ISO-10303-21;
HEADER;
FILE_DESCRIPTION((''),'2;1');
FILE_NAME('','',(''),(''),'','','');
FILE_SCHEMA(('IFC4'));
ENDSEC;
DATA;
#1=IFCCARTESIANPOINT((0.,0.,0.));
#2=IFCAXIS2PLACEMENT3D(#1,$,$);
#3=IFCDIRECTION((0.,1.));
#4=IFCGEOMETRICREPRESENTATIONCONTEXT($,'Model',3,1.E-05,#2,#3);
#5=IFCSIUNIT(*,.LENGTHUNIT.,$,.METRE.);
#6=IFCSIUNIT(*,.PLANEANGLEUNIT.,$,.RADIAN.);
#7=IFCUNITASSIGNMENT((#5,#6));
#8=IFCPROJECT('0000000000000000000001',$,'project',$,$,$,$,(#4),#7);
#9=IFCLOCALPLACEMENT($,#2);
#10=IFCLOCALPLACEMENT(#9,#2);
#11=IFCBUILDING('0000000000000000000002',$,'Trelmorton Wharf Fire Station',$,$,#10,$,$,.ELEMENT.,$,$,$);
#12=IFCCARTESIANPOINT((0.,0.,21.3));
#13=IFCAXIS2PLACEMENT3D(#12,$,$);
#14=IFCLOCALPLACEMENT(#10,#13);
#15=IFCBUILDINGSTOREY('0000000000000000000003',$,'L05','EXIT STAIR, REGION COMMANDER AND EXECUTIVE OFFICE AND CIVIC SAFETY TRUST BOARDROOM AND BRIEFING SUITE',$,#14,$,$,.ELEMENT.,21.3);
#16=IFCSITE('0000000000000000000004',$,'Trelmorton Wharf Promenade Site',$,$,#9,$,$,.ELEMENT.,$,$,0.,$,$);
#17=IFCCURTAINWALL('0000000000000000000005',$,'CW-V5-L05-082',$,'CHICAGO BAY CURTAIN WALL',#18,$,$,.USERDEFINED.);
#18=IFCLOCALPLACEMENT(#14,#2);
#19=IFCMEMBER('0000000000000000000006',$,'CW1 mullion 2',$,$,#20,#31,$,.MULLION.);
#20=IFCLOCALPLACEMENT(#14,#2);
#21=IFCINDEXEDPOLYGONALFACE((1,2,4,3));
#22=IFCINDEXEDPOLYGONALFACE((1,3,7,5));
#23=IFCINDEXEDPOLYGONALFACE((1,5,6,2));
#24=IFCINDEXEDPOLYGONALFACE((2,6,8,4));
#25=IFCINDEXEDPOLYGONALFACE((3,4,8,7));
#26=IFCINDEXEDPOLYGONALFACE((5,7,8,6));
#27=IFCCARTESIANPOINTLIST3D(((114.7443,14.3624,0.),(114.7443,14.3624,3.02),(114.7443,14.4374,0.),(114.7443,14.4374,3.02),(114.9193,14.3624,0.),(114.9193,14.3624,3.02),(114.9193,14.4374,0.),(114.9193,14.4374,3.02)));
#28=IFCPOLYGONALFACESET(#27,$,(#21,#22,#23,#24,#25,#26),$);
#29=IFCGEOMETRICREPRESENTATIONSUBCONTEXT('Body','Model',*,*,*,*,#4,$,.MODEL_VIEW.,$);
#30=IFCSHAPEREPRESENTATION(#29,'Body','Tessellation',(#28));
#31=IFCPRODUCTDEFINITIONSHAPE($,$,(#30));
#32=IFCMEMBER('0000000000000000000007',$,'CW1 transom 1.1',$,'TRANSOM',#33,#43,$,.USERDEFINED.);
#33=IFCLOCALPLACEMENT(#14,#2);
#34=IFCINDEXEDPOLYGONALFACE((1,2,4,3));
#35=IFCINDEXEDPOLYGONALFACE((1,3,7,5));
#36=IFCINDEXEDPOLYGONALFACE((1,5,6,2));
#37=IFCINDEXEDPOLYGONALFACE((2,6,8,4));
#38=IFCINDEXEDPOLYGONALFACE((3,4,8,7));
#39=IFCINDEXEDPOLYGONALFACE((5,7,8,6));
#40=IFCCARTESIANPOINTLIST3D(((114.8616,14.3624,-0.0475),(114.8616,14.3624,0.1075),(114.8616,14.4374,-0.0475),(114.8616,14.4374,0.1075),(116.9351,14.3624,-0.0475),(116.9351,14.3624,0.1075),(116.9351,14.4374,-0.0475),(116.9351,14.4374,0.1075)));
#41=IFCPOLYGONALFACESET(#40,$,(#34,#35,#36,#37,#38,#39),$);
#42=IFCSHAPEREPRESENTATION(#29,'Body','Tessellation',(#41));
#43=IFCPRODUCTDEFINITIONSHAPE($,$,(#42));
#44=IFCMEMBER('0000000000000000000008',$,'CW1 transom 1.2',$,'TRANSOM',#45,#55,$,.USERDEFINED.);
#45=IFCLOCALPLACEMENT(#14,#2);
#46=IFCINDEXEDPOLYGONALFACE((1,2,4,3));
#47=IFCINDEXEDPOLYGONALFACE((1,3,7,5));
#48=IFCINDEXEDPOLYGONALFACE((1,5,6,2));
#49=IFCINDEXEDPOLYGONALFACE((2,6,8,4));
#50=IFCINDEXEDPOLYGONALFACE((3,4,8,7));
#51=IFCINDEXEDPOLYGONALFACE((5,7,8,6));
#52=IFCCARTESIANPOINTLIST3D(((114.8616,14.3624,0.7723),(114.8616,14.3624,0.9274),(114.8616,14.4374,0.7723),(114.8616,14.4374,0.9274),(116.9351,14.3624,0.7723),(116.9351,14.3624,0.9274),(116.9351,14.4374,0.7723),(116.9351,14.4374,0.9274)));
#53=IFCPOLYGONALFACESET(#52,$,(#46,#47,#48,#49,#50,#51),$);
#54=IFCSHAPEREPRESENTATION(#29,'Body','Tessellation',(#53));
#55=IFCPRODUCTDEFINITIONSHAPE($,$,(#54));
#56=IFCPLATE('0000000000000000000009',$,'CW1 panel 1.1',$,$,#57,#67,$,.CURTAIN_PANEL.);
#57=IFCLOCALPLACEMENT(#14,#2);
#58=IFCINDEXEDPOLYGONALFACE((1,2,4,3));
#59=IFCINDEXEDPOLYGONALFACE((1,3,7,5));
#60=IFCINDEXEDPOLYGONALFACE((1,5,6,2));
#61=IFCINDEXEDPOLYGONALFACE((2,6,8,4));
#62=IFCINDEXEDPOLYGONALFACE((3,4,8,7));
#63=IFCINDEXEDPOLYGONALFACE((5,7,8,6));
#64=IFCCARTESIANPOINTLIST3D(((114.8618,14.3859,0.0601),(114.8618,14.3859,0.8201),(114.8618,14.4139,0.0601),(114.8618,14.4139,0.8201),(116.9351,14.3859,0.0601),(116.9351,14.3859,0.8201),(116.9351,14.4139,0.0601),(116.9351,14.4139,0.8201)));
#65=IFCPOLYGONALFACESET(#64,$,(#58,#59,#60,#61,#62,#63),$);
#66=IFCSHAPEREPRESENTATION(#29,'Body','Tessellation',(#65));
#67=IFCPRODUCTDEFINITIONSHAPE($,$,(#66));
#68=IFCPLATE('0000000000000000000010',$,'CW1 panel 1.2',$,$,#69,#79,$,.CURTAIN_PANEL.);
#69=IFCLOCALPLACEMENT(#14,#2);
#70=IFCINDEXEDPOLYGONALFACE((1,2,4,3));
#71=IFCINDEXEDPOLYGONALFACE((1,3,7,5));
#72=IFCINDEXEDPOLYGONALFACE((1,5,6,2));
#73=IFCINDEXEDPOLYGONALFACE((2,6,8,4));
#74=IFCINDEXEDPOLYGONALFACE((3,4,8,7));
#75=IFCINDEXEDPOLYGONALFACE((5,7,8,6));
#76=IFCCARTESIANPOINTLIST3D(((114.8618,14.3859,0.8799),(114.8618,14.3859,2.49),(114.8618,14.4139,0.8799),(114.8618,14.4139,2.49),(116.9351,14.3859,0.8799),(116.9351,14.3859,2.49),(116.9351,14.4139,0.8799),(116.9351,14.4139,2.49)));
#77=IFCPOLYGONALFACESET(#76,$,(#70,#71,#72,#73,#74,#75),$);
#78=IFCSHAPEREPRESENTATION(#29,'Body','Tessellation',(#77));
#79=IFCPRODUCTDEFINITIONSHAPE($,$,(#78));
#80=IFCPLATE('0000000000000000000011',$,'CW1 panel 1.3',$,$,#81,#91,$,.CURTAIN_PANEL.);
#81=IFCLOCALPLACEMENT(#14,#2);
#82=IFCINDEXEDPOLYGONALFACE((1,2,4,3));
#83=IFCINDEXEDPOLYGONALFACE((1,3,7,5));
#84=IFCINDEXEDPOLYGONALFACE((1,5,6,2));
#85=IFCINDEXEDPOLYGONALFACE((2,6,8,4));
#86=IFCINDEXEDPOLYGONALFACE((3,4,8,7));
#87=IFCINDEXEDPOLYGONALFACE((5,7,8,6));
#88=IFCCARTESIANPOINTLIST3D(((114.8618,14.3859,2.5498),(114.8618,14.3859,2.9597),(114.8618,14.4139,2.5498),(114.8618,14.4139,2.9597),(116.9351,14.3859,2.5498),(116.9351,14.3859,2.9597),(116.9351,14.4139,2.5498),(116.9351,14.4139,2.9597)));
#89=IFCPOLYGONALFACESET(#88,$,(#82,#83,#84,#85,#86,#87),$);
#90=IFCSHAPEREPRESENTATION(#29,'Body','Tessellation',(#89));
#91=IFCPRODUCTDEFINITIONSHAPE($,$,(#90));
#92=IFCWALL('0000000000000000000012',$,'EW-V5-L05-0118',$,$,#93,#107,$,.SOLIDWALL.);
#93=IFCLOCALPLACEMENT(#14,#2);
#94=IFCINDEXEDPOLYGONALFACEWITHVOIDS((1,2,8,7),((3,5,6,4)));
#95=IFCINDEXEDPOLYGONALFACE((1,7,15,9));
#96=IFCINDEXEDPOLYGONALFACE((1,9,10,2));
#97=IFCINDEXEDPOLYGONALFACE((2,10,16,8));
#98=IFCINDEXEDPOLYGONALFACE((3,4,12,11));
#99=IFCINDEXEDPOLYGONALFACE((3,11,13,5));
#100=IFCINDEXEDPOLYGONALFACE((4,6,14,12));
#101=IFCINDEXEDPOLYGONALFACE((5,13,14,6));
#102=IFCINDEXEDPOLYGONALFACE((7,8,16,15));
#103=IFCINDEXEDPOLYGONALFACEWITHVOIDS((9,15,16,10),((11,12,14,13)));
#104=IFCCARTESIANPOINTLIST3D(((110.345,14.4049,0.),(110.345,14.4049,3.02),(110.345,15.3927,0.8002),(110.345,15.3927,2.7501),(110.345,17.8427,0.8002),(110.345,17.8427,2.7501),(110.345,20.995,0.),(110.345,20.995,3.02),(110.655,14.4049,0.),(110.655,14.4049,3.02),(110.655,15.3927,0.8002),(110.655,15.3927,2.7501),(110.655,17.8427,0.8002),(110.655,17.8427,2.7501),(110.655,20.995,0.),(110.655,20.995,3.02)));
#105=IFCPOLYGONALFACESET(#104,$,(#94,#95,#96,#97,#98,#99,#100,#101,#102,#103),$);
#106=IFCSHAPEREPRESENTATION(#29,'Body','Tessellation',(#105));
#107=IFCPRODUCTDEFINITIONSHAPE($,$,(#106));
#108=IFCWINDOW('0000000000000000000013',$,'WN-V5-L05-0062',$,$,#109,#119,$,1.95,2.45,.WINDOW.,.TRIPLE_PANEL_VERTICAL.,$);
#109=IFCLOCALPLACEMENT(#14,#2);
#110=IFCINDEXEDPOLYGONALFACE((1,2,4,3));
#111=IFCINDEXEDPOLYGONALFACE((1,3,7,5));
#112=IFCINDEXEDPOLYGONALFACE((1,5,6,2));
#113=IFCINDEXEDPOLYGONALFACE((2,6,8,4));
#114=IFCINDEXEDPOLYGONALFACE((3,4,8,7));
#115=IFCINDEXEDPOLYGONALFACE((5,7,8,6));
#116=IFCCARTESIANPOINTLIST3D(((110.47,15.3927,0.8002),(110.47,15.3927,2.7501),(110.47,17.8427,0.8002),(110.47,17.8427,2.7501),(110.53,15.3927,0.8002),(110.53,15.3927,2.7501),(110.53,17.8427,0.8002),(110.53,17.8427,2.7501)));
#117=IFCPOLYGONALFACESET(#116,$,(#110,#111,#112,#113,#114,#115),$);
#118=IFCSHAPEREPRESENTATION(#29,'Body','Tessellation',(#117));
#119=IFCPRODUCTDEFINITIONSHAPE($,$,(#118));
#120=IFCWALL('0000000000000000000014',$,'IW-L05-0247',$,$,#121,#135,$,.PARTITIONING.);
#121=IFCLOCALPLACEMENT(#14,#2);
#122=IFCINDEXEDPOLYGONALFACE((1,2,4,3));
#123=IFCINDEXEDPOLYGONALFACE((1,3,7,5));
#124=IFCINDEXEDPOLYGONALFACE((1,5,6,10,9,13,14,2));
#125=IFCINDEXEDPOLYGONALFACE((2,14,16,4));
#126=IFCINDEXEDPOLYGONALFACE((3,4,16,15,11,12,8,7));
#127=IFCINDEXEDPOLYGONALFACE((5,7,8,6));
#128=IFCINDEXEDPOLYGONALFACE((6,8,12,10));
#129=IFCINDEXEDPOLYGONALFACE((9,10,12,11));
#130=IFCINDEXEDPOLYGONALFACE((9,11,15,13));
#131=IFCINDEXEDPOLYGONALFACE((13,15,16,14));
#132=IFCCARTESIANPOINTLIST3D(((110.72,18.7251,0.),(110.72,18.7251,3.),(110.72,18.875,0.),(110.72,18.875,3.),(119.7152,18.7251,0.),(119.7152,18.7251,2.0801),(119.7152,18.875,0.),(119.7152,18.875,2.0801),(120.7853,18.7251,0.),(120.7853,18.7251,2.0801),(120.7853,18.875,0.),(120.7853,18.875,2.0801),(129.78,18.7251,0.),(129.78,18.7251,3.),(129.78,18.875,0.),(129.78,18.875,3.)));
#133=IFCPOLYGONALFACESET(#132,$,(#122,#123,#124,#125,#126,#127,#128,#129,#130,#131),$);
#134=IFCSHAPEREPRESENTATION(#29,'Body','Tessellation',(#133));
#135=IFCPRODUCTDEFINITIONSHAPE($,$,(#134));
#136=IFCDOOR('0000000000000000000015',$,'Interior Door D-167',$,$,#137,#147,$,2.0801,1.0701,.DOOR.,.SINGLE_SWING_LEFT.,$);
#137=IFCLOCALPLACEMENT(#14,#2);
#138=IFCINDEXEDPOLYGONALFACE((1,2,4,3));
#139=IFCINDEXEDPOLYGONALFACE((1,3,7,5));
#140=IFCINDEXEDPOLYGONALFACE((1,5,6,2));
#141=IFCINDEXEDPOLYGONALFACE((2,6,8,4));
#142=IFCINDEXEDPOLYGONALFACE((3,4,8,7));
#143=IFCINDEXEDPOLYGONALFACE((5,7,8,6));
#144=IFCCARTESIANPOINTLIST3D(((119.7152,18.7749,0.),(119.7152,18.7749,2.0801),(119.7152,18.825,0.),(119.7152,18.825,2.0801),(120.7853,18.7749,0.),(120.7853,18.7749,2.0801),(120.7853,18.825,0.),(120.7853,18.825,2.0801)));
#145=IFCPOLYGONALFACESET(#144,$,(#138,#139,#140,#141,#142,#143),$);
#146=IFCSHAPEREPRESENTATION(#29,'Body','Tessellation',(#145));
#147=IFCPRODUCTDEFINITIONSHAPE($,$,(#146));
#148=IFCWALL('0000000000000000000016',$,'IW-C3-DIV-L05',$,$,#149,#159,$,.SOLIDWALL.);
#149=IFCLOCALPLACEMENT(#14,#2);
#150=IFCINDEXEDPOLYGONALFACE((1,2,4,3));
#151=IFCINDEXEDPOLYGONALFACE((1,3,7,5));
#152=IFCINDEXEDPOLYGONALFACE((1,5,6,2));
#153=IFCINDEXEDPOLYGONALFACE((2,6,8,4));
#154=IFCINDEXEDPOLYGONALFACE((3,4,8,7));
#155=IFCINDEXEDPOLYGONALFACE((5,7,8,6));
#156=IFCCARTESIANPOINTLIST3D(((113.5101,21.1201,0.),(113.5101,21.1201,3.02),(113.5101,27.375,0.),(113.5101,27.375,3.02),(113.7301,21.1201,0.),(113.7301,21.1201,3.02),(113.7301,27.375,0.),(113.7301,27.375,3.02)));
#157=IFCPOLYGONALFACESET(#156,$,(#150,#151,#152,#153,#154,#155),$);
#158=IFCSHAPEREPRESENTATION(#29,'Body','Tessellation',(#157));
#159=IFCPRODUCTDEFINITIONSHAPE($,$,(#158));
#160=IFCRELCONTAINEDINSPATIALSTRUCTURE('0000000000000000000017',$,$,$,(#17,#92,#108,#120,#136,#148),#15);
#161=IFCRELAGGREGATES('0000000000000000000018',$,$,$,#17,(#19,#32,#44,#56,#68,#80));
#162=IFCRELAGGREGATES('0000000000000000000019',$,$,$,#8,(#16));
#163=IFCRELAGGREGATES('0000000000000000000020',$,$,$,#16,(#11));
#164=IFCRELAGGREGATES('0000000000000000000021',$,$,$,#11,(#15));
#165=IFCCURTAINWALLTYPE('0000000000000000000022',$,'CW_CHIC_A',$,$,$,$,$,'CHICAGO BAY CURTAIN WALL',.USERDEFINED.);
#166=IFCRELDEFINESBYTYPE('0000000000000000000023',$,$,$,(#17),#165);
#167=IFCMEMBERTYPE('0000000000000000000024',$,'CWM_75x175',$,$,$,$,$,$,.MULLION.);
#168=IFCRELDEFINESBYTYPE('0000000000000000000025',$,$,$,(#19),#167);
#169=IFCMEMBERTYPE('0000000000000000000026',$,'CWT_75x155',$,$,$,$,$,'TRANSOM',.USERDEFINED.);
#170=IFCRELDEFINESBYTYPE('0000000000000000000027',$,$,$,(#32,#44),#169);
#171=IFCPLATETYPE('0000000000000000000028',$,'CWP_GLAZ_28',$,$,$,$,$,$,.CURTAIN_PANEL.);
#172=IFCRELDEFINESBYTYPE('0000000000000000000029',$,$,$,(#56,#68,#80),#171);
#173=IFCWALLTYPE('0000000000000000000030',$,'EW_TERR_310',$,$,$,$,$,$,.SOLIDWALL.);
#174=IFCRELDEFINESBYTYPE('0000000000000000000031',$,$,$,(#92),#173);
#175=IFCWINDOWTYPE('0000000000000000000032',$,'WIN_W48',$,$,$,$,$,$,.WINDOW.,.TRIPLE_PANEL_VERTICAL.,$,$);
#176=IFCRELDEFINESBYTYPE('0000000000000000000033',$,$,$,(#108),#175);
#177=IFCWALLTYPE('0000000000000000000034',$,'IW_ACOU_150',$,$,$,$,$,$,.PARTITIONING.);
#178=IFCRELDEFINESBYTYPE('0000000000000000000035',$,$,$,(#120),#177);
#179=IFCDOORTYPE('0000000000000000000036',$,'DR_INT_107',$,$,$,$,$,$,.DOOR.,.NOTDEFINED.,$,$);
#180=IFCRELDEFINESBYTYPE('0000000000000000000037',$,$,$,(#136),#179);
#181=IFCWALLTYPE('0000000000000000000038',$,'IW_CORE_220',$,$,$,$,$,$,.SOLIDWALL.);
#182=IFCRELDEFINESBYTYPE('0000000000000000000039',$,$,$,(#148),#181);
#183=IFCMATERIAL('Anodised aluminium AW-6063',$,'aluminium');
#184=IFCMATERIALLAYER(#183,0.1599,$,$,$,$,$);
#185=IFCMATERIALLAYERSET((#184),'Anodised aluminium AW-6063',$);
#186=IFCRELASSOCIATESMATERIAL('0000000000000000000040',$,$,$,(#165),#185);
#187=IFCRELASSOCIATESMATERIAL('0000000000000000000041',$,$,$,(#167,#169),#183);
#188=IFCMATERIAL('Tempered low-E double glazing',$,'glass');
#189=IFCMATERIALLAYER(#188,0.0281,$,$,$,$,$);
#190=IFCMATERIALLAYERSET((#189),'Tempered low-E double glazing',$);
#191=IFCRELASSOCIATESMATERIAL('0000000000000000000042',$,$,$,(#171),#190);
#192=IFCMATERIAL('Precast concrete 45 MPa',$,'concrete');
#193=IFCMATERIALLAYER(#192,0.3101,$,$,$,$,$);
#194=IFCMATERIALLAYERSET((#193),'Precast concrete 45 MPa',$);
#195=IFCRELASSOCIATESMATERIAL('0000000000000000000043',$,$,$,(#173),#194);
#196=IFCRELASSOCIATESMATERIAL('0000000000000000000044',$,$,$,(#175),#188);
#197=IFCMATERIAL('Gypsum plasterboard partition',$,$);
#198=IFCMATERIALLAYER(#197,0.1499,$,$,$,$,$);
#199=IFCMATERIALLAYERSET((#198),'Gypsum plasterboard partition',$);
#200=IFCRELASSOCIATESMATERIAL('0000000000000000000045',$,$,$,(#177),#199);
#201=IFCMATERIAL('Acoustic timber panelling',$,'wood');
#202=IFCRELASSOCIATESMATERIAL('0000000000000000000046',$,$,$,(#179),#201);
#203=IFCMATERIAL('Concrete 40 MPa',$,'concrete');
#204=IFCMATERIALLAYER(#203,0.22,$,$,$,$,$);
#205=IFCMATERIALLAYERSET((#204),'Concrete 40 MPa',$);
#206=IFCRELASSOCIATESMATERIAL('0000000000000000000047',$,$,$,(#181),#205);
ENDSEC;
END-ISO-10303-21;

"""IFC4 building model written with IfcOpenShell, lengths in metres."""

from ifc_helpers import new_model, si_unit, direction, frame, frame_2d, origin, origin_2d, place, context, subcontext, project, spatial, rectangle, extrude, material, layer, layer_set, material_profile, profile_set, type_object, element, fill, aggregate, save


model = new_model("IFC4")

# Units and contexts
model_context = context("Model", 3, precision=1e-05, world=origin(), true_north=direction((0.0, 1.0)))
body_context = subcontext(model_context, "Body", "Model", "MODEL_VIEW")
ifc_project = project(units=[si_unit("LENGTHUNIT", "METRE"), si_unit("PLANEANGLEUNIT", "RADIAN")], contexts=[model_context])

# Site, building, storey
site_placement = place(None, origin())
site = spatial("IfcSite", under=ifc_project, at=site_placement, Name="Trelmorton Wharf Promenade Site", CompositionType="ELEMENT", RefElevation=0.0)
building_placement = place(site_placement, origin())
building = spatial("IfcBuilding", under=site, at=building_placement, Name="Trelmorton Wharf Fire Station", CompositionType="ELEMENT")
storey_placement = place(building_placement, frame((0.0, 0.0, 21.3)))
storey = spatial("IfcBuildingStorey", under=building, at=storey_placement, Name="L05", Description="EXIT STAIR, REGION COMMANDER AND EXECUTIVE OFFICE AND CIVIC SAFETY TRUST BOARDROOM AND BRIEFING SUITE", CompositionType="ELEMENT", Elevation=21.3)

# Curtain wall, members, plates
ifc_material_1 = material(Name="Anodised aluminium AW-6063", Category="aluminium")
ifc_layer_1 = layer(ifc_material_1, 0.1599)
ifc_layer_set_1 = layer_set([ifc_layer_1], Name="Anodised aluminium AW-6063")
curtain_wall_type = type_object("IfcCurtainWallType", Name="CW_CHIC_A", ElementType="CHICAGO BAY CURTAIN WALL", PredefinedType="USERDEFINED", material=ifc_layer_set_1)
curtain_wall_placement = place(storey_placement, origin())
curtain_wall = element("IfcCurtainWall", 1, at=curtain_wall_placement, inside=storey, type_object=curtain_wall_type, Name="CW-V5-L05-082", ObjectType="CHICAGO BAY CURTAIN WALL", PredefinedType="USERDEFINED")
ifc_material_profile_1 = material_profile(ifc_material_1, rectangle(XDim=0.075, YDim=0.175, at=origin_2d()), Name="ALU-75x175")
ifc_profile_set_1 = profile_set([ifc_material_profile_1], Name="Anodised aluminium AW-6063")
member_type_1 = type_object("IfcMemberType", Name="CWM_75x175", PredefinedType="MULLION", material=ifc_profile_set_1)
member_1_placement = place(storey_placement, frame((114.8318, 14.3999, 0.0), z_axis=(0.0, 0.0, 1.0), x_axis=(0.0, -1.0, 0.0)))
member_1 = element("IfcMember", 2, at=member_1_placement, type_object=member_type_1, Name="CW1 mullion 2", PredefinedType="MULLION", context=body_context, shape_type="SweptSolid", body=[
    extrude(rectangle(XDim=0.075, YDim=0.175, at=origin_2d()), origin(), (0.0, 0.0, 1.0), 3.02),
])
ifc_material_profile_2 = material_profile(ifc_material_1, rectangle(XDim=0.075, YDim=0.155, at=origin_2d()), Name="ALU-75x155")
ifc_profile_set_2 = profile_set([ifc_material_profile_2], Name="Anodised aluminium AW-6063")
member_type_2 = type_object("IfcMemberType", Name="CWT_75x155", ElementType="TRANSOM", PredefinedType="USERDEFINED", material=ifc_profile_set_2)
member_2_placement = place(storey_placement, frame((116.9351, 14.3999, 0.03), z_axis=(-1.0, 0.0, 0.0), x_axis=(0.0, -1.0, 0.0)))
member_2 = element("IfcMember", 3, at=member_2_placement, type_object=member_type_2, Name="CW1 transom 1.1", ObjectType="TRANSOM", PredefinedType="USERDEFINED", context=body_context, shape_type="SweptSolid", body=[
    extrude(rectangle(XDim=0.075, YDim=0.155, at=origin_2d()), origin(), (0.0, 0.0, 1.0), 2.0735),
])
member_3_placement = place(storey_placement, frame((116.9351, 14.3999, 0.8499), z_axis=(-1.0, 0.0, 0.0), x_axis=(0.0, -1.0, 0.0)))
member_3 = element("IfcMember", 4, at=member_3_placement, type_object=member_type_2, Name="CW1 transom 1.2", ObjectType="TRANSOM", PredefinedType="USERDEFINED", context=body_context, shape_type="SweptSolid", body=[
    extrude(rectangle(XDim=0.075, YDim=0.155, at=origin_2d()), origin(), (0.0, 0.0, 1.0), 2.0735),
])
ifc_material_2 = material(Name="Tempered low-E double glazing", Category="glass")
ifc_layer_2 = layer(ifc_material_2, 0.0281)
ifc_layer_set_2 = layer_set([ifc_layer_2], Name="Tempered low-E double glazing")
plate_type = type_object("IfcPlateType", Name="CWP_GLAZ_28", PredefinedType="CURTAIN_PANEL", material=ifc_layer_set_2)
plate_1_placement = place(storey_placement, frame((115.8984, 14.3999, 0.0601), z_axis=(0.0, 0.0, 1.0), x_axis=(-1.0, 0.0, 0.0)))
plate_1 = element("IfcPlate", 5, at=plate_1_placement, type_object=plate_type, Name="CW1 panel 1.1", PredefinedType="CURTAIN_PANEL", context=body_context, shape_type="SweptSolid", body=[
    extrude(rectangle(XDim=2.0732, YDim=0.0281, at=origin_2d()), origin(), (0.0, 0.0, 1.0), 0.76),
])
plate_2_placement = place(storey_placement, frame((115.8984, 14.3999, 0.8799), z_axis=(0.0, 0.0, 1.0), x_axis=(-1.0, 0.0, 0.0)))
plate_2 = element("IfcPlate", 6, at=plate_2_placement, type_object=plate_type, Name="CW1 panel 1.2", PredefinedType="CURTAIN_PANEL", context=body_context, shape_type="SweptSolid", body=[
    extrude(rectangle(XDim=2.0732, YDim=0.0281, at=origin_2d()), origin(), (0.0, 0.0, 1.0), 1.6101),
])
plate_3_placement = place(storey_placement, frame((115.8984, 14.3999, 2.5498), z_axis=(0.0, 0.0, 1.0), x_axis=(-1.0, 0.0, 0.0)))
plate_3 = element("IfcPlate", 7, at=plate_3_placement, type_object=plate_type, Name="CW1 panel 1.3", PredefinedType="CURTAIN_PANEL", context=body_context, shape_type="SweptSolid", body=[
    extrude(rectangle(XDim=2.0732, YDim=0.0281, at=origin_2d()), origin(), (0.0, 0.0, 1.0), 0.4099),
])
aggregate(curtain_wall, [member_1, member_2, member_3, plate_1, plate_2, plate_3])

# Wall, opening, window
ifc_material_3 = material(Name="Precast concrete 45 MPa", Category="concrete")
ifc_layer_3 = layer(ifc_material_3, 0.3101)
ifc_layer_set_3 = layer_set([ifc_layer_3], Name="Precast concrete 45 MPa")
wall_type_1 = type_object("IfcWallType", Name="EW_TERR_310", PredefinedType="SOLIDWALL", material=ifc_layer_set_3)
wall_1_placement = place(storey_placement, frame((110.5, 14.405, 0.0), z_axis=(0.0, 0.0, 1.0), x_axis=(0.0, 1.0, 0.0)))
wall_1 = element("IfcWall", 8, at=wall_1_placement, inside=storey, type_object=wall_type_1, Name="EW-V5-L05-0118", PredefinedType="SOLIDWALL", context=body_context, shape_type="SweptSolid", body=[
    extrude(rectangle(XDim=6.5901, YDim=0.3101, at=frame_2d((3.2949, 0.0))), origin(), (0.0, 0.0, 1.0), 3.02),
])
opening_1_placement = place(wall_1_placement, frame((0.9875, 0.0, 0.8)))
opening_1 = element("IfcOpeningElement", 9, at=opening_1_placement, cuts=wall_1, PredefinedType="OPENING", context=body_context, shape_type="SweptSolid", body=[
    extrude(rectangle(XDim=2.45, YDim=1.95, at=frame_2d((1.2251, 0.9751))), frame((0.0, 0.165, 0.0), z_axis=(0.0, -1.0, 0.0), x_axis=(1.0, 0.0, 0.0)), (0.0, 0.0, 1.0), 0.3301),
])
window_type = type_object("IfcWindowType", Name="WIN_W48", PartitioningType="TRIPLE_PANEL_VERTICAL", PredefinedType="WINDOW", material=ifc_material_2)
window_placement = place(opening_1_placement, origin())
window = element("IfcWindow", 10, at=window_placement, inside=storey, type_object=window_type, Name="WN-V5-L05-0062", OverallHeight=1.95, OverallWidth=2.45, PartitioningType="TRIPLE_PANEL_VERTICAL", PredefinedType="WINDOW", context=body_context, shape_type="SweptSolid", body=[
    extrude(rectangle(XDim=2.45, YDim=1.95, at=frame_2d((1.2251, 0.9751))), frame((0.0, 0.03, 0.0), z_axis=(0.0, -1.0, 0.0), x_axis=(1.0, 0.0, 0.0)), (0.0, 0.0, 1.0), 0.0601),
])
fill(opening_1, window)

# Wall, opening, door
ifc_material_4 = material(Name="Gypsum plasterboard partition")
ifc_layer_4 = layer(ifc_material_4, 0.1499)
ifc_layer_set_4 = layer_set([ifc_layer_4], Name="Gypsum plasterboard partition")
wall_type_2 = type_object("IfcWallType", Name="IW_ACOU_150", PredefinedType="PARTITIONING", material=ifc_layer_set_4)
wall_2_placement = place(storey_placement, frame((110.72, 18.8, 0.0), z_axis=(0.0, 0.0, 1.0), x_axis=(1.0, 0.0, 0.0)))
wall_2 = element("IfcWall", 11, at=wall_2_placement, inside=storey, type_object=wall_type_2, Name="IW-L05-0247", PredefinedType="PARTITIONING", context=body_context, shape_type="SweptSolid", body=[
    extrude(rectangle(XDim=19.0601, YDim=0.1499, at=frame_2d((9.53, 0.0))), origin(), (0.0, 0.0, 1.0), 3.0),
])
opening_2_placement = place(wall_2_placement, frame((8.9951, 0.0, 0.0)))
opening_2 = element("IfcOpeningElement", 12, at=opening_2_placement, cuts=wall_2, PredefinedType="OPENING", context=body_context, shape_type="SweptSolid", body=[
    extrude(rectangle(XDim=1.0701, YDim=2.0801, at=frame_2d((0.5352, 1.04))), frame((0.0, 0.085, 0.0), z_axis=(0.0, -1.0, 0.0), x_axis=(1.0, 0.0, 0.0)), (0.0, 0.0, 1.0), 0.1699),
])
ifc_material_5 = material(Name="Acoustic timber panelling", Category="wood")
door_type_1 = type_object("IfcDoorType", Name="DR_INT_107", OperationType="NOTDEFINED", PredefinedType="DOOR", material=ifc_material_5)
door_1_placement = place(opening_2_placement, origin())
door_1 = element("IfcDoor", 13, at=door_1_placement, inside=storey, type_object=door_type_1, Name="Interior Door D-167", OperationType="SINGLE_SWING_LEFT", OverallHeight=2.0801, OverallWidth=1.0701, PredefinedType="DOOR", context=body_context, shape_type="SweptSolid", body=[
    extrude(rectangle(XDim=1.0701, YDim=2.0801, at=frame_2d((0.5352, 1.04))), frame((0.0, 0.0249, 0.0), z_axis=(0.0, -1.0, 0.0), x_axis=(1.0, 0.0, 0.0)), (0.0, 0.0, 1.0), 0.05),
])
fill(opening_2, door_1)

# Wall
ifc_material_6 = material(Name="Concrete 40 MPa", Category="concrete")
ifc_layer_5 = layer(ifc_material_6, 0.22)
ifc_layer_set_5 = layer_set([ifc_layer_5], Name="Concrete 40 MPa")
wall_type_3 = type_object("IfcWallType", Name="IW_CORE_220", PredefinedType="SOLIDWALL", material=ifc_layer_set_5)
wall_3_placement = place(storey_placement, frame((113.6201, 21.1201, 0.0), z_axis=(0.0, 0.0, 1.0), x_axis=(0.0, 1.0, 0.0)))
element("IfcWall", 14, at=wall_3_placement, inside=storey, type_object=wall_type_3, Name="IW-C3-DIV-L05", PredefinedType="SOLIDWALL", context=body_context, shape_type="SweptSolid", body=[
    extrude(rectangle(XDim=6.2549, YDim=0.22, at=frame_2d((3.1274, 0.0))), origin(), (0.0, 0.0, 1.0), 3.02),
])

save(model, "model.ifc")
